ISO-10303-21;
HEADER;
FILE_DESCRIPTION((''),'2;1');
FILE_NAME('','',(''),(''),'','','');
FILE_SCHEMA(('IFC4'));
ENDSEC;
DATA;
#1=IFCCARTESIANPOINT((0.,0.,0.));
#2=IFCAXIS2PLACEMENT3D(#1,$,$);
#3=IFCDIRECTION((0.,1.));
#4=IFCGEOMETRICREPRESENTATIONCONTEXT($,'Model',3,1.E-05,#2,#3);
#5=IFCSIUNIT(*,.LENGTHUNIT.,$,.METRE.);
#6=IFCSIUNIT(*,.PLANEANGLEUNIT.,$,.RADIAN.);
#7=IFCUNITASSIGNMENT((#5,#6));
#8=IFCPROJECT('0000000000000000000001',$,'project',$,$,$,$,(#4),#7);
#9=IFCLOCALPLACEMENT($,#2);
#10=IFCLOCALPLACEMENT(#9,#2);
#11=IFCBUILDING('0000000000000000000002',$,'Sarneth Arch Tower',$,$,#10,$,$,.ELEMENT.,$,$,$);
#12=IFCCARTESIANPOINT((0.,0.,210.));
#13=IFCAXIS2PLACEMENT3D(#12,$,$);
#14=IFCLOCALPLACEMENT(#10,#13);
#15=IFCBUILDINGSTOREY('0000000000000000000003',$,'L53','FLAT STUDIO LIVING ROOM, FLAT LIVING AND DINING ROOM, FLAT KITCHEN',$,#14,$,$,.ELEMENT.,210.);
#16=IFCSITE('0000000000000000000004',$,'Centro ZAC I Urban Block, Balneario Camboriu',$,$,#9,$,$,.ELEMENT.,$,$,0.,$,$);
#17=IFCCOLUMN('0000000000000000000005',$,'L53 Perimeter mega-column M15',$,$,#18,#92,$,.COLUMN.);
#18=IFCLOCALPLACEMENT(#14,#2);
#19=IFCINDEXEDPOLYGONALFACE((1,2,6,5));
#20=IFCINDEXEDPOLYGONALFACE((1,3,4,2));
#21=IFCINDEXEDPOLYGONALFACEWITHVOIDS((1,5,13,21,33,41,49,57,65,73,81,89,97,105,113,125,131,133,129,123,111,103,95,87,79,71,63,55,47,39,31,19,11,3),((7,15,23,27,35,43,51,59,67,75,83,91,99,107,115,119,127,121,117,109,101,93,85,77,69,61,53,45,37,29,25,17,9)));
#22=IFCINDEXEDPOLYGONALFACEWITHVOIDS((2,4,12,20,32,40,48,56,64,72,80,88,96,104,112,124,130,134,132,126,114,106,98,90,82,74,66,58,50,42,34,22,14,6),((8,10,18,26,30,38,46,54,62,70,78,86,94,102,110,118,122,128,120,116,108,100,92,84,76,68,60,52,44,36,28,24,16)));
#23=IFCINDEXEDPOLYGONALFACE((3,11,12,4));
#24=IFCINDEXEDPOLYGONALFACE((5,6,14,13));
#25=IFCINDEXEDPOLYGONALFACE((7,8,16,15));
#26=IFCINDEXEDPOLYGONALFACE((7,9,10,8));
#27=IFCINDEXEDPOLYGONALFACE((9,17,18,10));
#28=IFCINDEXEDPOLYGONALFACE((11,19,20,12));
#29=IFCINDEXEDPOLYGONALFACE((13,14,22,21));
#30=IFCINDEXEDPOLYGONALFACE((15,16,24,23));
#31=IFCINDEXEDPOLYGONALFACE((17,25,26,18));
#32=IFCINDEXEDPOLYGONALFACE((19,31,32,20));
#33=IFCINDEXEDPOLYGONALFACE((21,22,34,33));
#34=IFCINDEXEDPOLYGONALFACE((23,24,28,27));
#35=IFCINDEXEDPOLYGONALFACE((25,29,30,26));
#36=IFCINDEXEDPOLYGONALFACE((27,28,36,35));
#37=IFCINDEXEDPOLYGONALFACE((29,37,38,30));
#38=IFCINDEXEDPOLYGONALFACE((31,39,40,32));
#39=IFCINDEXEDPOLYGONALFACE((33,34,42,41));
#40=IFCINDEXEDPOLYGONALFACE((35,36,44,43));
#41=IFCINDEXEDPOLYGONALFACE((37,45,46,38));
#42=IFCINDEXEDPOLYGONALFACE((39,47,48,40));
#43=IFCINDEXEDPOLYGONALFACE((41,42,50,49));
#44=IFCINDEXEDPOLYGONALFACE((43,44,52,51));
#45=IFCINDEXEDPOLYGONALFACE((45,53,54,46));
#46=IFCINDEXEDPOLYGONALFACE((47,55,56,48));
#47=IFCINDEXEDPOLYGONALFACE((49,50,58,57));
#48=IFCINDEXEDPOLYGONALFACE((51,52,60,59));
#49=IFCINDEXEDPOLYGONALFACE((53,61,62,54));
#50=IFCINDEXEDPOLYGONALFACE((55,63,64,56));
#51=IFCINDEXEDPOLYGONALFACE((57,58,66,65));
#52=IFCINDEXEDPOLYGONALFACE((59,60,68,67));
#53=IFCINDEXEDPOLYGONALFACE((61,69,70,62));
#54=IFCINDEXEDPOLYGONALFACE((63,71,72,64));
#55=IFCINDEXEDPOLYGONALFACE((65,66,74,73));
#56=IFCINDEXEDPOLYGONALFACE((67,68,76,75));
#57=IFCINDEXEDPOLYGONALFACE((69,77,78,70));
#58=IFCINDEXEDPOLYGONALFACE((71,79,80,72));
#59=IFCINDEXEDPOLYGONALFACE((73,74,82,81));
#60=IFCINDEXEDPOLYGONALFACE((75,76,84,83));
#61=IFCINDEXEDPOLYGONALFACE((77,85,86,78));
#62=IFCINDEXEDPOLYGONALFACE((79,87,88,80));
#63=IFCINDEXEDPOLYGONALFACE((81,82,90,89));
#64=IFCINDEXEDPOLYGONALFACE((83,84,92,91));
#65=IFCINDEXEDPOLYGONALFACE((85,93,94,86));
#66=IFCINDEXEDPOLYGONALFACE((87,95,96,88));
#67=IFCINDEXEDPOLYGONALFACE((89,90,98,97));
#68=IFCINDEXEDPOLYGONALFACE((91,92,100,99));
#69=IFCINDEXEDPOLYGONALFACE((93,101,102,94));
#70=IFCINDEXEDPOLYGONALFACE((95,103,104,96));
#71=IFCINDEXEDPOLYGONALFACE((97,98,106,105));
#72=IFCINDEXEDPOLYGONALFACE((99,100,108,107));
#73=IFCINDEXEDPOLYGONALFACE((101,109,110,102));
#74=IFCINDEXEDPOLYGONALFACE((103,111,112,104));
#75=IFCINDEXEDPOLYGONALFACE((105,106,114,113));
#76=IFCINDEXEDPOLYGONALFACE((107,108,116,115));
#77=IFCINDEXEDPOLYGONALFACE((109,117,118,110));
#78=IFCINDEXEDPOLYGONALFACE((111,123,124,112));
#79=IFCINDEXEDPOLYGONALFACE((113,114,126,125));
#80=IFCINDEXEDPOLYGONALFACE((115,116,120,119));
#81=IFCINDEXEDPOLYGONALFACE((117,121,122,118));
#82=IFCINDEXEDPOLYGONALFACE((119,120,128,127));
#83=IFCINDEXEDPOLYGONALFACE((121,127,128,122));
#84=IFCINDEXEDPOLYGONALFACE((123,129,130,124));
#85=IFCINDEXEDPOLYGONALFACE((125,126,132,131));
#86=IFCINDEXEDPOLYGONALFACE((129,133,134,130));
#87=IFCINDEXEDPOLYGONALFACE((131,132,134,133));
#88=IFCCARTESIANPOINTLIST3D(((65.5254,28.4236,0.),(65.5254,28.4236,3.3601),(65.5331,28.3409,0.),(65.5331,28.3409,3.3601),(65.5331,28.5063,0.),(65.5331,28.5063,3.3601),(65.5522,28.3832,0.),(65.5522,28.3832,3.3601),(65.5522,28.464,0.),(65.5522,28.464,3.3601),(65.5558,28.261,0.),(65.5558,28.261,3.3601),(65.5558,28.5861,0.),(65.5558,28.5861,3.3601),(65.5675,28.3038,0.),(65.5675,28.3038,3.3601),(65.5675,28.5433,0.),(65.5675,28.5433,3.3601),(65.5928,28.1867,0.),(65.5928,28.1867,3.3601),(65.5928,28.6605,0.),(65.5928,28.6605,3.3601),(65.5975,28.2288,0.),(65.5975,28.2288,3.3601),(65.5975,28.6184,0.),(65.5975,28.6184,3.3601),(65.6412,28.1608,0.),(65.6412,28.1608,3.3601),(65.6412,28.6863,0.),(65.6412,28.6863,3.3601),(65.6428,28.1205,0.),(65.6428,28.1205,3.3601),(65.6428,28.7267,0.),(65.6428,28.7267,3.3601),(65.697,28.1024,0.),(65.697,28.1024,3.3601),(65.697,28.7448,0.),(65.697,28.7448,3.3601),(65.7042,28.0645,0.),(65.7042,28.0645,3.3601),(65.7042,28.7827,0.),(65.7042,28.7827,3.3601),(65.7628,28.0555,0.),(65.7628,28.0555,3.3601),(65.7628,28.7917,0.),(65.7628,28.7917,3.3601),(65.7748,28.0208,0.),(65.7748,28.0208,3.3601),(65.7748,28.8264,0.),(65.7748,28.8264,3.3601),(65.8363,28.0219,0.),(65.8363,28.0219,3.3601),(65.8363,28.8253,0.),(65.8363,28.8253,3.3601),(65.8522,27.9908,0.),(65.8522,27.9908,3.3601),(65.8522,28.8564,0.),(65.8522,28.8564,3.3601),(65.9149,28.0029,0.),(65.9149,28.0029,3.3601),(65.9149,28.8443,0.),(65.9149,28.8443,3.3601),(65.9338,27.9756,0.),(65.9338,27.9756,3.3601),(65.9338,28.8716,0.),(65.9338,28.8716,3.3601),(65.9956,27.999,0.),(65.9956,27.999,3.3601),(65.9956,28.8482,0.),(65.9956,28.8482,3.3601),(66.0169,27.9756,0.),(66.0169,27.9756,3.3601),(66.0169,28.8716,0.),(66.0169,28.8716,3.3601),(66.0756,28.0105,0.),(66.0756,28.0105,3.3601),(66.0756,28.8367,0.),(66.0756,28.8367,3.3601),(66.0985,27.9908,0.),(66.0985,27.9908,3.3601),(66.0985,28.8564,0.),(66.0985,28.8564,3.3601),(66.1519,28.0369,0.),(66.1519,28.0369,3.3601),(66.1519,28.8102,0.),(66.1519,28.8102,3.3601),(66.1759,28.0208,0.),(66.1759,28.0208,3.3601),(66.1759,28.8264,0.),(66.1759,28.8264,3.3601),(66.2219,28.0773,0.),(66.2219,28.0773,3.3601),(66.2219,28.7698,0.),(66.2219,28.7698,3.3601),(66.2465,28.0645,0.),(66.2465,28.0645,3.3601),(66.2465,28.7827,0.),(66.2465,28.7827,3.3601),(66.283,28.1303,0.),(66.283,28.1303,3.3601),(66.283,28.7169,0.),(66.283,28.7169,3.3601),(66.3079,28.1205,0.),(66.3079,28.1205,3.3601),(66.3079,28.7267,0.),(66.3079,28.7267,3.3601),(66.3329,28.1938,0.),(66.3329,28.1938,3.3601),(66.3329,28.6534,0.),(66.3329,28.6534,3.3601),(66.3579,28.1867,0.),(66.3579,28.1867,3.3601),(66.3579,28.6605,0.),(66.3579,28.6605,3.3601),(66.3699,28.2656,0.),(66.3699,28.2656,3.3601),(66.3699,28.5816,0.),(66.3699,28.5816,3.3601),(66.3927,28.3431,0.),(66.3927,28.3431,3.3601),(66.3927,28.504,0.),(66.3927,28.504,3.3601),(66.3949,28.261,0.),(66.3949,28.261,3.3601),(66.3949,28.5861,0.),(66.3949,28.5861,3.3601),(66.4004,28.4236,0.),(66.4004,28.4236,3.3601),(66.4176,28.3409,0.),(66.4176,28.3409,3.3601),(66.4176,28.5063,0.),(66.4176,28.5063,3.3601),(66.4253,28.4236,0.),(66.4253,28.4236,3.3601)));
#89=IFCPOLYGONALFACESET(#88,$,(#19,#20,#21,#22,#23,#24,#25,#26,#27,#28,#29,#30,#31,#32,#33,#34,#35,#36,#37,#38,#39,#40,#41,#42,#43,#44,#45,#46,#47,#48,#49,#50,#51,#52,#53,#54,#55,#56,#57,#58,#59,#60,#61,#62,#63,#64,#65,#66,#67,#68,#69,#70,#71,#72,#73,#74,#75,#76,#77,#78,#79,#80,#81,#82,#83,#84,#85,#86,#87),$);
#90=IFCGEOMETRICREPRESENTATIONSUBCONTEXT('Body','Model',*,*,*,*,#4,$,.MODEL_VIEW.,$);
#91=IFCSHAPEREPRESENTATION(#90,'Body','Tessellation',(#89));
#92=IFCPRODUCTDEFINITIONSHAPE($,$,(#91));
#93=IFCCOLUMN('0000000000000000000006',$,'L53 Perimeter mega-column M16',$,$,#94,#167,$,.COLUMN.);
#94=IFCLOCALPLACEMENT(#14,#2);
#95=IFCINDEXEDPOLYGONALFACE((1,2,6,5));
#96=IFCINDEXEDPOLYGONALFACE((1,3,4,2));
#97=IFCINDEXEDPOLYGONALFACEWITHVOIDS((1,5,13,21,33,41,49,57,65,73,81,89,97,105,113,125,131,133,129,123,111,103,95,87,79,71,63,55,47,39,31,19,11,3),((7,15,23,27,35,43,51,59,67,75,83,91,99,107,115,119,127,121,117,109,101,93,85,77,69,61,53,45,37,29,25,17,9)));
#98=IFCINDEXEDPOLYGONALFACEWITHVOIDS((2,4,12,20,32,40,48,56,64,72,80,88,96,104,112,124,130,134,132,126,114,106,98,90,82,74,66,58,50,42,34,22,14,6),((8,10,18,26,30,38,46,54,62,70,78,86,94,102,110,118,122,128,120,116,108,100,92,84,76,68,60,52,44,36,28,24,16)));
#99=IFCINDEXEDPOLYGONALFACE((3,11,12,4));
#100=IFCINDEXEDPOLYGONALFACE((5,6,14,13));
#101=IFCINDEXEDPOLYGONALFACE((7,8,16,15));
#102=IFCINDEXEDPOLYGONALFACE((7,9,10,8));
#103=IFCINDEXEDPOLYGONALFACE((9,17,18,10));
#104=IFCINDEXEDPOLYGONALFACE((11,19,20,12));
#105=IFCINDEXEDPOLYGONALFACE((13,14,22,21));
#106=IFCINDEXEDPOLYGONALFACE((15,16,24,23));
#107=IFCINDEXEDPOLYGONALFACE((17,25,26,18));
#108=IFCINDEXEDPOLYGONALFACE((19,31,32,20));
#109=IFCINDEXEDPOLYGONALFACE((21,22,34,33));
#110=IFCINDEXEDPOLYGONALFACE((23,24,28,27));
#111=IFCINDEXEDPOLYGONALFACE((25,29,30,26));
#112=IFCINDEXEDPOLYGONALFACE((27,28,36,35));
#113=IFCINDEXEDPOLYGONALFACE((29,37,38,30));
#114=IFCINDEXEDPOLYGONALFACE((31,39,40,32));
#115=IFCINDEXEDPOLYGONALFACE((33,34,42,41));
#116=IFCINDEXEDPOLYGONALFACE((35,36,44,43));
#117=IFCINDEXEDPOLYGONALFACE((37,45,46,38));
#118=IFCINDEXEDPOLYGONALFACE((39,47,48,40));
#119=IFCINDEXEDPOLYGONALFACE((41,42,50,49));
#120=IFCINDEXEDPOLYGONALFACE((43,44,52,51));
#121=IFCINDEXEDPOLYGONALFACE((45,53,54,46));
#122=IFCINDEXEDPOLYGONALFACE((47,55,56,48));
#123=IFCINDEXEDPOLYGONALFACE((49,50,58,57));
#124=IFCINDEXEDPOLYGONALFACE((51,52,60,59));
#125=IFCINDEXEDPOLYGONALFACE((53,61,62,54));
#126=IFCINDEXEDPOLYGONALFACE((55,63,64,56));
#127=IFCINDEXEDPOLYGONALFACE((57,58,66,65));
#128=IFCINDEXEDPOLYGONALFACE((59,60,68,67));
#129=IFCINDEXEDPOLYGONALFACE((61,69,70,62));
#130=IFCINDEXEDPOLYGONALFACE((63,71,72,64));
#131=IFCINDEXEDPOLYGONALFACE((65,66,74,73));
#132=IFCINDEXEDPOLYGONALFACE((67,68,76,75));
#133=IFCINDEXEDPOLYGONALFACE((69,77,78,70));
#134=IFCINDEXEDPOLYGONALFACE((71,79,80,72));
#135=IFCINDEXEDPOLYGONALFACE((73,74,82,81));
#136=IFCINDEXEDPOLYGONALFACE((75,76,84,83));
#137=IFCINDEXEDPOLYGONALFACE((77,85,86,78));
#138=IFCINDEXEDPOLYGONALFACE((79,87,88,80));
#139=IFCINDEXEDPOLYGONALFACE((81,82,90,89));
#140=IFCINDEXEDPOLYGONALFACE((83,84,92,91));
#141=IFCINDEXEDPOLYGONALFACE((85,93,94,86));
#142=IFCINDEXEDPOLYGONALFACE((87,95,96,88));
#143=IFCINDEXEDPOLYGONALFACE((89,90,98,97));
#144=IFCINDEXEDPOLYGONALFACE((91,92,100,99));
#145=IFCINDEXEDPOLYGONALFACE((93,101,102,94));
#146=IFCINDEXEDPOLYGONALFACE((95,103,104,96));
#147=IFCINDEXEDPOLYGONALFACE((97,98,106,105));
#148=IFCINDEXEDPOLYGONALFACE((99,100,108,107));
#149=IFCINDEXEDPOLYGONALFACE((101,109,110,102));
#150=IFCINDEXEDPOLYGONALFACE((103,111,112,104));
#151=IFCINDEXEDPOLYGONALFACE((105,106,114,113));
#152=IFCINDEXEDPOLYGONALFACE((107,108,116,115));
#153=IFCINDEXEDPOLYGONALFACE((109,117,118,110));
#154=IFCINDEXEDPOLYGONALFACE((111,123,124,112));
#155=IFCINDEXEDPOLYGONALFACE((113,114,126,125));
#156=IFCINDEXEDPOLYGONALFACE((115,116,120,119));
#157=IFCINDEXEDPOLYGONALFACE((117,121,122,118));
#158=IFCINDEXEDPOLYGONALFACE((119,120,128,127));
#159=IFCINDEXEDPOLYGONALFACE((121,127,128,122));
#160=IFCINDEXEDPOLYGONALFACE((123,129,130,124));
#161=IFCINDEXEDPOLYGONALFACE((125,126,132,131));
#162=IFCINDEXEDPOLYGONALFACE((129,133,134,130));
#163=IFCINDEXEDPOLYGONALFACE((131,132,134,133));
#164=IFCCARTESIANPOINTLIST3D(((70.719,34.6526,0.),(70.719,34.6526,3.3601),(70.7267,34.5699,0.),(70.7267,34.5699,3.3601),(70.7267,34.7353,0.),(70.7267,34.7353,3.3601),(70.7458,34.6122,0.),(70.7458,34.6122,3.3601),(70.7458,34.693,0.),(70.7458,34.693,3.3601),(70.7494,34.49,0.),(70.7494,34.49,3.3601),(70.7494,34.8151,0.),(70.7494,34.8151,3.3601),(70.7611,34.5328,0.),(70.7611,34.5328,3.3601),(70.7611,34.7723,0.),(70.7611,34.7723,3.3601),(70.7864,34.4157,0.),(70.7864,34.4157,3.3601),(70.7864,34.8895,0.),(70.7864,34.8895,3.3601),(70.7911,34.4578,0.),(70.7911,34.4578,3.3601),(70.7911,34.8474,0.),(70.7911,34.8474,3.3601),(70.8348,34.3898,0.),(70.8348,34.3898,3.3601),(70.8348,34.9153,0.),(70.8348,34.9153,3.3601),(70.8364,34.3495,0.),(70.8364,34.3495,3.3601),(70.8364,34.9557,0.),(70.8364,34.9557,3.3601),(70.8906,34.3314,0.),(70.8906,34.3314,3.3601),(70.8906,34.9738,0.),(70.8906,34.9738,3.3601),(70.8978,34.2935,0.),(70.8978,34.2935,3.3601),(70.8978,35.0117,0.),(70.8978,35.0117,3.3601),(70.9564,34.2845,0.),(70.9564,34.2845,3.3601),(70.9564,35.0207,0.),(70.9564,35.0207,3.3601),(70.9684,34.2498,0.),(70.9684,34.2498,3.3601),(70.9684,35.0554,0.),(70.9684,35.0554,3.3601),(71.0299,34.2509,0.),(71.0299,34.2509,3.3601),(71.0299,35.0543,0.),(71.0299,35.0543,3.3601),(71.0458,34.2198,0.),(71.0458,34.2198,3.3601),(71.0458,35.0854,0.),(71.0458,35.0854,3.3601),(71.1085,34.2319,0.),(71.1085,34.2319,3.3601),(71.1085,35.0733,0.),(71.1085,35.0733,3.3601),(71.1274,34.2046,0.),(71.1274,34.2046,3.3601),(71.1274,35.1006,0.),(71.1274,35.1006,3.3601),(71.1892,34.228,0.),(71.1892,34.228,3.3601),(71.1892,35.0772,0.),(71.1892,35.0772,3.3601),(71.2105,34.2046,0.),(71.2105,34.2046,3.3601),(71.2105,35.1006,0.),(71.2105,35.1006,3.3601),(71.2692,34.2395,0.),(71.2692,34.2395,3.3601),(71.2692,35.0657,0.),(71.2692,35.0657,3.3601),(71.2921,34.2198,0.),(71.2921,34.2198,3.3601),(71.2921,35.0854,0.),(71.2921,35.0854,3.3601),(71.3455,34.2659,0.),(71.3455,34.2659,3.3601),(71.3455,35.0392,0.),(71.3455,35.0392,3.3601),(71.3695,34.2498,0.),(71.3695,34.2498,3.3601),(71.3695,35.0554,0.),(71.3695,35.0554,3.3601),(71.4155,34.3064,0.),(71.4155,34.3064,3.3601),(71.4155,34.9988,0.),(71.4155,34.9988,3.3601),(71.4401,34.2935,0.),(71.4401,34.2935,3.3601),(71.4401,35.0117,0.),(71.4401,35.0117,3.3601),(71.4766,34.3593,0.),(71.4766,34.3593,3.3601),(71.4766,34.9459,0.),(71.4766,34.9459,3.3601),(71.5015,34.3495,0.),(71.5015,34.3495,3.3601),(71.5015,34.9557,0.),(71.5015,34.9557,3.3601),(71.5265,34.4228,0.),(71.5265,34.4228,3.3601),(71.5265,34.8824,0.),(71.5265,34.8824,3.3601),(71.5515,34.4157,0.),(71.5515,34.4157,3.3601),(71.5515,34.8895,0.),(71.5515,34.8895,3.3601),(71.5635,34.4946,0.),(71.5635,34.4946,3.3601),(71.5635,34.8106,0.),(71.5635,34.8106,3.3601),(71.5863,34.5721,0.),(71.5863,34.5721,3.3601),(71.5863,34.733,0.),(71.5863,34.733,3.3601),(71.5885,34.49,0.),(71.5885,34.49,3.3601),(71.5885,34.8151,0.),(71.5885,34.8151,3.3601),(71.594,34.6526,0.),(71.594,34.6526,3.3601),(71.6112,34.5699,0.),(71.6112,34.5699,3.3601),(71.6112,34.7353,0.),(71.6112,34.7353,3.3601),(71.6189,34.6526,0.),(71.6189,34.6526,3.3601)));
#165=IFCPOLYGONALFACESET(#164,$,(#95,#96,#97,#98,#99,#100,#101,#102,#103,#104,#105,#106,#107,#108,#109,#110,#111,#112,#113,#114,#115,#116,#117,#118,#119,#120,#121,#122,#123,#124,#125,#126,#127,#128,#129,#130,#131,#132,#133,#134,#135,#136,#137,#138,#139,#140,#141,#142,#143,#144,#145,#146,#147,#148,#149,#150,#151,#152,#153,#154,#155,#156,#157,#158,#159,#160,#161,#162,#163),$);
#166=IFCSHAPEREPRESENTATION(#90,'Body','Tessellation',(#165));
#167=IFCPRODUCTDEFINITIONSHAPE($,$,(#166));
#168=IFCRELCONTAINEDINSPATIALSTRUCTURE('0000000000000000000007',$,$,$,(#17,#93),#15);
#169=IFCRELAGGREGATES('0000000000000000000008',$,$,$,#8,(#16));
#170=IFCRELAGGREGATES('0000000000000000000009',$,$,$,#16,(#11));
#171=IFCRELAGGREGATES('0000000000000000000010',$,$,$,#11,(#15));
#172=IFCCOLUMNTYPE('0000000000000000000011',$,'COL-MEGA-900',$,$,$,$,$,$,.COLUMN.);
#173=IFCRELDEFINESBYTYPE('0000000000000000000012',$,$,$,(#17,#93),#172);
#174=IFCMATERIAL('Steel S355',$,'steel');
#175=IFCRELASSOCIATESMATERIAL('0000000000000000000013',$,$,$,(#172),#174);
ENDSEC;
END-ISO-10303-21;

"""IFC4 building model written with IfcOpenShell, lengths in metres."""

from ifc_helpers import new_model, si_unit, direction, frame, origin, origin_2d, place, context, subcontext, project, spatial, hollow_circle, extrude, material, material_profile, profile_set, type_object, element, save


model = new_model("IFC4")

# Units and contexts
model_context = context("Model", 3, precision=1e-05, world=origin(), true_north=direction((0.0, 1.0)))
body_context = subcontext(model_context, "Body", "Model", "MODEL_VIEW")
ifc_project = project(units=[si_unit("LENGTHUNIT", "METRE"), si_unit("PLANEANGLEUNIT", "RADIAN")], contexts=[model_context])

# Site, building, storey
site_placement = place(None, origin())
site = spatial("IfcSite", under=ifc_project, at=site_placement, Name="Centro ZAC I Urban Block, Balneario Camboriu", CompositionType="ELEMENT", RefElevation=0.0)
building_placement = place(site_placement, origin())
building = spatial("IfcBuilding", under=site, at=building_placement, Name="Sarneth Arch Tower", CompositionType="ELEMENT")
storey_placement = place(building_placement, frame((0.0, 0.0, 210.0)))
storey = spatial("IfcBuildingStorey", under=building, at=storey_placement, Name="L53", Description="FLAT STUDIO LIVING ROOM, FLAT LIVING AND DINING ROOM, FLAT KITCHEN", CompositionType="ELEMENT", Elevation=210.0)

# Columns
ifc_material_1 = material(Name="Steel S355", Category="steel")
ifc_material_profile_1 = material_profile(ifc_material_1, hollow_circle(Radius=0.45, WallThickness=0.0249, at=origin_2d()), Name="CHS900x25")
ifc_profile_set_1 = profile_set([ifc_material_profile_1], Name="Steel S355")
column_type = type_object("IfcColumnType", Name="COL-MEGA-900", PredefinedType="COLUMN", material=ifc_profile_set_1)
for number, where, z_axis, x_axis, name in (
    (1, (65.9753, 28.4236, 0.0), (0.0, 0.0, 1.0), (1.0, 0.0, 0.0), "L53 Perimeter mega-column M15"),
    (2, (71.1689, 34.6526, 0.0), (0.0, 0.0, 1.0), (1.0, 0.0, 0.0), "L53 Perimeter mega-column M16"),
):
    element("IfcColumn", number, at=place(storey_placement, frame(where, z_axis=z_axis, x_axis=x_axis)), inside=storey, type_object=column_type, Name=name, PredefinedType="COLUMN", context=body_context, shape_type="SweptSolid", body=[
        extrude(hollow_circle(Radius=0.45, WallThickness=0.0249, at=origin_2d()), origin(), (0.0, 0.0, 1.0), 3.3601),
    ])

save(model, "model.ifc")
